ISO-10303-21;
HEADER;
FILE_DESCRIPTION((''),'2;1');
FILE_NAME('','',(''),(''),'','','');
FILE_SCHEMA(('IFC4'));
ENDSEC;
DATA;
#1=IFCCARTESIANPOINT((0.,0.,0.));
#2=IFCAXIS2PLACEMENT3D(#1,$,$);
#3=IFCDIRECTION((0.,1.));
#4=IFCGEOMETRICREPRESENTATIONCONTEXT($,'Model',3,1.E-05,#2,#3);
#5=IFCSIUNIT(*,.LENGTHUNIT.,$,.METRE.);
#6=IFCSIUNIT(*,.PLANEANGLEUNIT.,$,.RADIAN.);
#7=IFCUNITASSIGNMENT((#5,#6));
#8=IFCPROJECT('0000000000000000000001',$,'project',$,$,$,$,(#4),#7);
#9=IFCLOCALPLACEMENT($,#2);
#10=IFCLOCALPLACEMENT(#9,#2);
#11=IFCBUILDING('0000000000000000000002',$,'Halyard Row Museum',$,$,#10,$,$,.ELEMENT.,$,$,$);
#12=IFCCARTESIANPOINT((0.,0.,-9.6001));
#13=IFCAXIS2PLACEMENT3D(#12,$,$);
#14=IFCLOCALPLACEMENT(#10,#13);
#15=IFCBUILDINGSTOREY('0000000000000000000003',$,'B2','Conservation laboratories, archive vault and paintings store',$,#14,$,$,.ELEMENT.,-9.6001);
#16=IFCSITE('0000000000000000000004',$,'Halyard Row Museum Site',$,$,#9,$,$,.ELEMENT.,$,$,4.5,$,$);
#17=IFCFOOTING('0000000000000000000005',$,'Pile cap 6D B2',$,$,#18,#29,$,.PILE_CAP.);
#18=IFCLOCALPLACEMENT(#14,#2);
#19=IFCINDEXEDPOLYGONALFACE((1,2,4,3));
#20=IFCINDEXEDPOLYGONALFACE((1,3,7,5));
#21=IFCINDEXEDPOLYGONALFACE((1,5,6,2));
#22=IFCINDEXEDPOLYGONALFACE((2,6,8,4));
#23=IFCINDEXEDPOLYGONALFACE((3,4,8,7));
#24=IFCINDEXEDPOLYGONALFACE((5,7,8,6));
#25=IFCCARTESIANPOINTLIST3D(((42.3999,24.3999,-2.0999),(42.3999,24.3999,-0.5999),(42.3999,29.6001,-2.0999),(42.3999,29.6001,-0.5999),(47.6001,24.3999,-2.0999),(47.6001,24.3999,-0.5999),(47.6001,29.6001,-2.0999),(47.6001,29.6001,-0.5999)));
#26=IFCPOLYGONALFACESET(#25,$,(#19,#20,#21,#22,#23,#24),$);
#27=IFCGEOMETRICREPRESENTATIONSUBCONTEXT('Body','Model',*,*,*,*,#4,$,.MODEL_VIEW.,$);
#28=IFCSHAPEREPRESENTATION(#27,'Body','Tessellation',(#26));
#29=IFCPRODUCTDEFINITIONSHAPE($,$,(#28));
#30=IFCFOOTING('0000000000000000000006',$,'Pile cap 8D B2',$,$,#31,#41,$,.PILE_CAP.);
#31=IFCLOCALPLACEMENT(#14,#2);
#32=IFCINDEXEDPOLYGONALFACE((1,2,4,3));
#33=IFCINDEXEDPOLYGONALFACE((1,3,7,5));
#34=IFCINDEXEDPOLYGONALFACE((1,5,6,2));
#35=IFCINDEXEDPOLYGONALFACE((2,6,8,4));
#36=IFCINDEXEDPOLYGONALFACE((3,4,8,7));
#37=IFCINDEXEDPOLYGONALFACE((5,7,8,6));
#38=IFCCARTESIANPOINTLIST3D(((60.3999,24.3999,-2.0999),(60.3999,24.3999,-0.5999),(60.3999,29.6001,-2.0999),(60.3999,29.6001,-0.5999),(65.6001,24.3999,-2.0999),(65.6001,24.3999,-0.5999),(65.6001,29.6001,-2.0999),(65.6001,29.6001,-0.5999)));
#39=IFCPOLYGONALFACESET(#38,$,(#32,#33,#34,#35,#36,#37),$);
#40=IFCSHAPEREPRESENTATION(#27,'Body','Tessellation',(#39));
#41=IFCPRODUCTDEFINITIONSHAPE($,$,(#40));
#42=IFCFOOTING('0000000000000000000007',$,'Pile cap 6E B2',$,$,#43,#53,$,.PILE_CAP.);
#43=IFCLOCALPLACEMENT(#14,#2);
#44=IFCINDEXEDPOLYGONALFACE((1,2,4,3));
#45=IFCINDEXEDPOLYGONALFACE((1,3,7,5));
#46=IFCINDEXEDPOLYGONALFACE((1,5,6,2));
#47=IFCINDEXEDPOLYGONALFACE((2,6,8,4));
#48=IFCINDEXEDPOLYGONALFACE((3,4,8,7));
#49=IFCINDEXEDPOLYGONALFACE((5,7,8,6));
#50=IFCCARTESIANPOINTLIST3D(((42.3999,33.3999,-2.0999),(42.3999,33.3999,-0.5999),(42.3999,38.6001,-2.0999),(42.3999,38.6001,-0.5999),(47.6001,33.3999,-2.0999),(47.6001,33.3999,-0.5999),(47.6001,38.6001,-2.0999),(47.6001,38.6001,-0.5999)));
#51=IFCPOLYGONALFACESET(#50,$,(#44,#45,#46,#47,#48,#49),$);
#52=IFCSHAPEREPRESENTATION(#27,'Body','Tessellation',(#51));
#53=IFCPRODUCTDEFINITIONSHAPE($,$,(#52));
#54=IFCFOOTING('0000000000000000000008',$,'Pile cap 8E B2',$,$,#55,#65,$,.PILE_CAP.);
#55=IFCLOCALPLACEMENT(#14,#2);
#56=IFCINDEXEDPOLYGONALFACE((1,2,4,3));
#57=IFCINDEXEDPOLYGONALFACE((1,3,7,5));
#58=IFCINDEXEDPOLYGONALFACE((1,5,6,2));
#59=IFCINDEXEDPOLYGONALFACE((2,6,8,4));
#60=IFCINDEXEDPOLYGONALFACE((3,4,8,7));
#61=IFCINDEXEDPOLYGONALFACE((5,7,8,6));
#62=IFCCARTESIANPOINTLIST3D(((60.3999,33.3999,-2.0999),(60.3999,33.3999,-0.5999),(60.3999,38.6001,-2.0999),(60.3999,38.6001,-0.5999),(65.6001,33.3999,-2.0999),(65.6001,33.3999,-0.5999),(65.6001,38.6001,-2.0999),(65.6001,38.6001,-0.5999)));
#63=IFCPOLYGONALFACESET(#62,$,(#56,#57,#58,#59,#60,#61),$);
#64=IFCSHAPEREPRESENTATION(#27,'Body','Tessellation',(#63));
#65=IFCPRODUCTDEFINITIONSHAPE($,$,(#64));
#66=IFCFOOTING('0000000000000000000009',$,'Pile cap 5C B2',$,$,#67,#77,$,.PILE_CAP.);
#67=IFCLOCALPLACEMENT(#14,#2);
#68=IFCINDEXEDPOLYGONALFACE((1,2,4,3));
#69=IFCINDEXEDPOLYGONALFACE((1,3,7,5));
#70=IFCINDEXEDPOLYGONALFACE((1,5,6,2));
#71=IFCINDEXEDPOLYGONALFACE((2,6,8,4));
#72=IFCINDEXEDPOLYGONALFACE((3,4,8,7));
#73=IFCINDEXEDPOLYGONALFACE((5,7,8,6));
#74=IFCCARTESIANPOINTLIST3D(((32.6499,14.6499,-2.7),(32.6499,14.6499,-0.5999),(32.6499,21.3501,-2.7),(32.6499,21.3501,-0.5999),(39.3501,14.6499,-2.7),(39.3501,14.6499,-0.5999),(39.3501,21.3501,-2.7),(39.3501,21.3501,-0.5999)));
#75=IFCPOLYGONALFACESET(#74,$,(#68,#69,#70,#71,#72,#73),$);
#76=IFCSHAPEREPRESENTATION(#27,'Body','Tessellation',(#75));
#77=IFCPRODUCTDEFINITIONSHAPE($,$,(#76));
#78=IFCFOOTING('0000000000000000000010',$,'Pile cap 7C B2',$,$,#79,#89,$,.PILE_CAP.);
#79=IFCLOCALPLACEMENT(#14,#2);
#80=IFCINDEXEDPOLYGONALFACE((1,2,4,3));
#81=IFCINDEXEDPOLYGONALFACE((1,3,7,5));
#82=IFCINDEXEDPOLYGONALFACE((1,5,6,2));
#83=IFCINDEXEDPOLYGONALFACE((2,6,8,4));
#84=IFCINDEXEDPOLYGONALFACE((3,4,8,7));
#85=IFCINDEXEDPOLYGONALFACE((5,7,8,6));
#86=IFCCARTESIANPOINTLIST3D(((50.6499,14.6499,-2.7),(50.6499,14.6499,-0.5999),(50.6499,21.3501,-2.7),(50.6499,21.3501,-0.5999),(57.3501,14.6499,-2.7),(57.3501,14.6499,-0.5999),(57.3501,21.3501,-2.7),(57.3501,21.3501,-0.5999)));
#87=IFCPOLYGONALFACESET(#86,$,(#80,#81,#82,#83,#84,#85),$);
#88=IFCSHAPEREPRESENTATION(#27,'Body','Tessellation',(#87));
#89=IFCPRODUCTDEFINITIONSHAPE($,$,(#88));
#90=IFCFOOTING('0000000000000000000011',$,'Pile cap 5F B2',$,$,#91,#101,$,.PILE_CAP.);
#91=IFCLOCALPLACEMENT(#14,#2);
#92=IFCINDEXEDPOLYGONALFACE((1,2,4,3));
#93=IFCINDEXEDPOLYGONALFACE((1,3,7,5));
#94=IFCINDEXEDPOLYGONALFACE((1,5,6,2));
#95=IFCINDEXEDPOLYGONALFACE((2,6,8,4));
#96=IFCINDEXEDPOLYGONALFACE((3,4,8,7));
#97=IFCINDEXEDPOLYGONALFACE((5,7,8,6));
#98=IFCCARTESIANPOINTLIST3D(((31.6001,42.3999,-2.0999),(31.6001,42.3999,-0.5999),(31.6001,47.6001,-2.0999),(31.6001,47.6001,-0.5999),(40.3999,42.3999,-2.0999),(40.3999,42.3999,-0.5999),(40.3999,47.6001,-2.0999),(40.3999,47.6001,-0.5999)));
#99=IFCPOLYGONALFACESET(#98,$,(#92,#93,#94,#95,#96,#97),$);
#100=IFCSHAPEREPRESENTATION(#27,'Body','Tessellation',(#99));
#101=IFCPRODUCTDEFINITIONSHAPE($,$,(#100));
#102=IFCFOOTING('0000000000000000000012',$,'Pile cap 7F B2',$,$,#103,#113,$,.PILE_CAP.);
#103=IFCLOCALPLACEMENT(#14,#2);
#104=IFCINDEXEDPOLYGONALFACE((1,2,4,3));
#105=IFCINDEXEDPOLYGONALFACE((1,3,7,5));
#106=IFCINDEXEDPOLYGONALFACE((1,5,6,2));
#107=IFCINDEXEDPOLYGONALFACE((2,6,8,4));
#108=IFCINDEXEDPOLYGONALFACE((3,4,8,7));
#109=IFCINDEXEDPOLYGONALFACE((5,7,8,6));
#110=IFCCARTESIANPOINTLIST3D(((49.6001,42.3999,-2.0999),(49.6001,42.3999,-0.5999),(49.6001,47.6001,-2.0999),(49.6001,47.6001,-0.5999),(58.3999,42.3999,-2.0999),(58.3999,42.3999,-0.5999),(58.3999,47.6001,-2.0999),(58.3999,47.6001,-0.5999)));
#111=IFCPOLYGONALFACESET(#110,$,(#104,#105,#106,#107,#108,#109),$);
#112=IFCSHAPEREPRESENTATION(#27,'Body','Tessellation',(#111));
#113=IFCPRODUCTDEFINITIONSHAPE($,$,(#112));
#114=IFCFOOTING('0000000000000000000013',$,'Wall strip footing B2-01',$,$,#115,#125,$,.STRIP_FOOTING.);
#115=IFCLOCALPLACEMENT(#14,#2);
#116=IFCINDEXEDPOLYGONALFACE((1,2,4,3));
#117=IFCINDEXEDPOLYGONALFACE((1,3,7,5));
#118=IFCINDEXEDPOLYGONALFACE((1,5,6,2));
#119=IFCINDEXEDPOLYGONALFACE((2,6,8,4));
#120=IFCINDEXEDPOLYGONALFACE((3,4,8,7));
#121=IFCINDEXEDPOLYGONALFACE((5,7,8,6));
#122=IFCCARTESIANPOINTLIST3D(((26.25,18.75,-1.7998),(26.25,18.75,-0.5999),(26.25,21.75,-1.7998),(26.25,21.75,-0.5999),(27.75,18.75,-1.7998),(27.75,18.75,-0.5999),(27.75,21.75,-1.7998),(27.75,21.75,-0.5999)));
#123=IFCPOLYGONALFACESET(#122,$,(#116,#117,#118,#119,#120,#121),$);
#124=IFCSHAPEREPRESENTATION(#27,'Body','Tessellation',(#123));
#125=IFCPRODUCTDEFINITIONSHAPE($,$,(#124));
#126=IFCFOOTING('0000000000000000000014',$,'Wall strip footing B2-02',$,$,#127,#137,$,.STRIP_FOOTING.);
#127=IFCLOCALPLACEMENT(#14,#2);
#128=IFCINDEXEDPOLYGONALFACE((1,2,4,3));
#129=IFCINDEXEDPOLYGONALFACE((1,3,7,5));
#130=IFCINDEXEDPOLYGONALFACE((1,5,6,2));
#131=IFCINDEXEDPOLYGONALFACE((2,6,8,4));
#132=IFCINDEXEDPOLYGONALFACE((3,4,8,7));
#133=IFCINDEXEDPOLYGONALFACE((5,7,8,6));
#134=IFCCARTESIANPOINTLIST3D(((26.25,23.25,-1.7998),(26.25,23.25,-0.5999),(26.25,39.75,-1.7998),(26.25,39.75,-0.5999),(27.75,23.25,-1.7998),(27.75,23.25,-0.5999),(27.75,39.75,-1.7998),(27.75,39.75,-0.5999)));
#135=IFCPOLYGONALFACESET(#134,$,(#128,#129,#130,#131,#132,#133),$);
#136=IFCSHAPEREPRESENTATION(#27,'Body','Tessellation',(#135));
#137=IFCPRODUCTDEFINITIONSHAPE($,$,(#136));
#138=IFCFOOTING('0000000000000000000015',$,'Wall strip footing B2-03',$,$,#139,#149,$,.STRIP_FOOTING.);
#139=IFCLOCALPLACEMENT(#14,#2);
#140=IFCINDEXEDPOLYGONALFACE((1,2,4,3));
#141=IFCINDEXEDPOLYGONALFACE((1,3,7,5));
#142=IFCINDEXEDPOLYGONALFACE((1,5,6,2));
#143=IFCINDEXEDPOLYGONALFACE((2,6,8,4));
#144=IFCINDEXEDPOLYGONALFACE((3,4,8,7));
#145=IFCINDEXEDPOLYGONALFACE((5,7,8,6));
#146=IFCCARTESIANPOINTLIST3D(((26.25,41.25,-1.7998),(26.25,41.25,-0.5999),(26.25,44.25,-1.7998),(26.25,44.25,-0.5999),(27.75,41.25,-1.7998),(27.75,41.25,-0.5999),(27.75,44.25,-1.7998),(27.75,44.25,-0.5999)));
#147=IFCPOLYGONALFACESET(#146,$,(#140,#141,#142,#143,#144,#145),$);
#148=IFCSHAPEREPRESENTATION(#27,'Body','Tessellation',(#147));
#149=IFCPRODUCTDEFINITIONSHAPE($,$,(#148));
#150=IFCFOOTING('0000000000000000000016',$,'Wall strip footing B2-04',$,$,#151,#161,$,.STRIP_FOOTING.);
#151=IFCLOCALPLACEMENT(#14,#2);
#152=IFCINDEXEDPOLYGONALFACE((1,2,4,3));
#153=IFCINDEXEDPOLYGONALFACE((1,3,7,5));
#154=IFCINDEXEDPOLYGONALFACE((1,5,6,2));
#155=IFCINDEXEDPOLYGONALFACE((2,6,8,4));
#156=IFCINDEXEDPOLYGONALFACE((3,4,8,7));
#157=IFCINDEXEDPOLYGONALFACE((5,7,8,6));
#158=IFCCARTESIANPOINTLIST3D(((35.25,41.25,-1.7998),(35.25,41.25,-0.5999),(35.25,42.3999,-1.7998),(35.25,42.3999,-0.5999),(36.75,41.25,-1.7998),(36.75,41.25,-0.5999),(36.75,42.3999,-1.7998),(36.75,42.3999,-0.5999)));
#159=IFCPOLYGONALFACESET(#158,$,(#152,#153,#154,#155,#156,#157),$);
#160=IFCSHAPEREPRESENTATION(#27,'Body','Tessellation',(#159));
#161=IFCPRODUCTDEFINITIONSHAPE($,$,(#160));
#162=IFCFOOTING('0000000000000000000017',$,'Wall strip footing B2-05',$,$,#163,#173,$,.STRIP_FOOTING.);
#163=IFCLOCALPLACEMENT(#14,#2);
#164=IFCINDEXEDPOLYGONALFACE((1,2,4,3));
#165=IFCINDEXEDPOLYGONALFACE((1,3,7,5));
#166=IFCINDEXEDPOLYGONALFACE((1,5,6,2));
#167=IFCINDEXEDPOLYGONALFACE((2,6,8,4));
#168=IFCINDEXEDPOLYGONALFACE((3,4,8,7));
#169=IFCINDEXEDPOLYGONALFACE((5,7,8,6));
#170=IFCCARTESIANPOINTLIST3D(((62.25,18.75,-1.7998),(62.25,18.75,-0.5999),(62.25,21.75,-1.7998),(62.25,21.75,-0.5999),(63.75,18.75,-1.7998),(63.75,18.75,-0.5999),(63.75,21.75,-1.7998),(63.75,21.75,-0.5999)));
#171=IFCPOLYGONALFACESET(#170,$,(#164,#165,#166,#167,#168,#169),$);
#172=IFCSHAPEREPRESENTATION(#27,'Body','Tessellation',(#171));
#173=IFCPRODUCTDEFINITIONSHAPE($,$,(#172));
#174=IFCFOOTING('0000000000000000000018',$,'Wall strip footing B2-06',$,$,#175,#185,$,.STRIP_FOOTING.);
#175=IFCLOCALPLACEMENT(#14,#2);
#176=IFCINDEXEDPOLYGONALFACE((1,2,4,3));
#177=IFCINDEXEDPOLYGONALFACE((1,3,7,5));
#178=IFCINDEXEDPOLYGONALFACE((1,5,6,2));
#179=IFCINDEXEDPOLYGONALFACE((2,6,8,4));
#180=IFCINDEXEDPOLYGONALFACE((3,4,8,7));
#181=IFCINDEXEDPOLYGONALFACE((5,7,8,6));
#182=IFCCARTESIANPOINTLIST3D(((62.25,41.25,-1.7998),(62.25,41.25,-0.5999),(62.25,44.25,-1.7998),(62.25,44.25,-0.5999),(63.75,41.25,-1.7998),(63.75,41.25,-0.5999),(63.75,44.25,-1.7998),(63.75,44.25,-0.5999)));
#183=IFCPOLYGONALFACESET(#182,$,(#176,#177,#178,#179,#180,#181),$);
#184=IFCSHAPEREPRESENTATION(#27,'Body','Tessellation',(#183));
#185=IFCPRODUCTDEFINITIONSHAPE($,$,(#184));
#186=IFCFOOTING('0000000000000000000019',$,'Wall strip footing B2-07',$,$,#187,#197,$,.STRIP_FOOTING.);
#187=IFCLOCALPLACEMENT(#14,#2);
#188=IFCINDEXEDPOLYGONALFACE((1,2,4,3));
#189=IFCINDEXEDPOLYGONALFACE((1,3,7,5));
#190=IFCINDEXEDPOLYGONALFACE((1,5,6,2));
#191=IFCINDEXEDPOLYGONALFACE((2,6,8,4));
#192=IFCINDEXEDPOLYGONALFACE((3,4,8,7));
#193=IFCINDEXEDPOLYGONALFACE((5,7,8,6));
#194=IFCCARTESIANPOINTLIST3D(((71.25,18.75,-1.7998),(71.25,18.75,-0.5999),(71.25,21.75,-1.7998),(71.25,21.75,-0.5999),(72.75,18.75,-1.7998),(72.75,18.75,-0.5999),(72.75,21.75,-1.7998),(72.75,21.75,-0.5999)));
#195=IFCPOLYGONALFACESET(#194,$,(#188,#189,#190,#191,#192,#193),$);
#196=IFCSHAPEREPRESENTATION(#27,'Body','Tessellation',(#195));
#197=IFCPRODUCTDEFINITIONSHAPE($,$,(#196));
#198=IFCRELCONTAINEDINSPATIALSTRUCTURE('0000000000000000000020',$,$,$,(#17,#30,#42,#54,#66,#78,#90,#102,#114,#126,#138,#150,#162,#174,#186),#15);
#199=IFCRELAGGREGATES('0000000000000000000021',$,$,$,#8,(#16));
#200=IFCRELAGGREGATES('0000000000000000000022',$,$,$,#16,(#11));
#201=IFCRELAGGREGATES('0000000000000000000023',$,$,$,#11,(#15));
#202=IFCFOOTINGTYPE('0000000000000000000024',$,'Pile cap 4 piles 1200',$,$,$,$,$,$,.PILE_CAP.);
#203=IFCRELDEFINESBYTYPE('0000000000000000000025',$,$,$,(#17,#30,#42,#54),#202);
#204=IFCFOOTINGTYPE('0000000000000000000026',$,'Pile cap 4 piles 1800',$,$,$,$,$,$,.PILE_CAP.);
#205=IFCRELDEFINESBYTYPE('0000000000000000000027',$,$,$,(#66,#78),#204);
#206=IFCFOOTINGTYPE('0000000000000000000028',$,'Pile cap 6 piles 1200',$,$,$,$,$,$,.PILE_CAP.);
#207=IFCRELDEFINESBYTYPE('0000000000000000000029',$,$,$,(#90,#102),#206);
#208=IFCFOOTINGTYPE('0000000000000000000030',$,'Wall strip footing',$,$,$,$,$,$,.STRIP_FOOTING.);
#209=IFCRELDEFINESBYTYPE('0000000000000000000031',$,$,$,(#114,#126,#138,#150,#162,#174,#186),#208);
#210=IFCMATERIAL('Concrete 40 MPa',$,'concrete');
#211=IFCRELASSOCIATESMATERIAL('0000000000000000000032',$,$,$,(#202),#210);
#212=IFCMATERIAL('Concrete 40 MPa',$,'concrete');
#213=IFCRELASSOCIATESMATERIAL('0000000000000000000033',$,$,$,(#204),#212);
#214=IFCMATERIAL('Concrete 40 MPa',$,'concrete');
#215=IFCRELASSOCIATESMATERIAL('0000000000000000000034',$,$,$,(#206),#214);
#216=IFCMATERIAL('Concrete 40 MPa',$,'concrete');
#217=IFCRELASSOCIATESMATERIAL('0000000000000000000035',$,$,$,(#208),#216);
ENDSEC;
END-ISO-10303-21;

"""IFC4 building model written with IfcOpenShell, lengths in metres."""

from ifc_helpers import new_model, si_unit, direction, frame, origin, place, context, subcontext, project, spatial, polyline, outline, extrude, material, type_object, element, save


model = new_model("IFC4")

# Units and contexts
model_context = context("Model", 3, precision=1e-05, world=origin(), true_north=direction((0.0, 1.0)))
body_context = subcontext(model_context, "Body", "Model", "MODEL_VIEW")
ifc_project = project(units=[si_unit("LENGTHUNIT", "METRE"), si_unit("PLANEANGLEUNIT", "RADIAN")], contexts=[model_context])

# Site, building, storey
site_placement = place(None, origin())
site = spatial("IfcSite", under=ifc_project, at=site_placement, Name="Halyard Row Museum Site", CompositionType="ELEMENT", RefElevation=4.5)
building_placement = place(site_placement, origin())
building = spatial("IfcBuilding", under=site, at=building_placement, Name="Halyard Row Museum", CompositionType="ELEMENT")
storey_placement = place(building_placement, frame((0.0, 0.0, -9.6001)))
storey = spatial("IfcBuildingStorey", under=building, at=storey_placement, Name="B2", Description="Conservation laboratories, archive vault and paintings store", CompositionType="ELEMENT", Elevation=-9.6001)

# Footings
ifc_material_1 = material(Name="Concrete 40 MPa", Category="concrete")
footing_type_1 = type_object("IfcFootingType", Name="Pile cap 4 piles 1200", PredefinedType="PILE_CAP", material=ifc_material_1)
footing_1_placement = place(storey_placement, frame((0.0, 0.0, -2.0999)))
element("IfcFooting", 1, at=footing_1_placement, inside=storey, type_object=footing_type_1, Name="Pile cap 6D B2", PredefinedType="PILE_CAP", context=body_context, shape_type="SweptSolid", body=[
    extrude(outline(polyline([(42.3999, 24.3999), (47.6001, 24.3999), (47.6001, 29.6001), (42.3999, 29.6001), (42.3999, 24.3999)])), origin(), (0.0, 0.0, 1.0), 1.5),
])
footing_2_placement = place(storey_placement, frame((0.0, 0.0, -2.0999)))
element("IfcFooting", 2, at=footing_2_placement, inside=storey, type_object=footing_type_1, Name="Pile cap 8D B2", PredefinedType="PILE_CAP", context=body_context, shape_type="SweptSolid", body=[
    extrude(outline(polyline([(60.3999, 24.3999), (65.6001, 24.3999), (65.6001, 29.6001), (60.3999, 29.6001), (60.3999, 24.3999)])), origin(), (0.0, 0.0, 1.0), 1.5),
])
footing_3_placement = place(storey_placement, frame((0.0, 0.0, -2.0999)))
element("IfcFooting", 3, at=footing_3_placement, inside=storey, type_object=footing_type_1, Name="Pile cap 6E B2", PredefinedType="PILE_CAP", context=body_context, shape_type="SweptSolid", body=[
    extrude(outline(polyline([(42.3999, 33.3999), (47.6001, 33.3999), (47.6001, 38.6001), (42.3999, 38.6001), (42.3999, 33.3999)])), origin(), (0.0, 0.0, 1.0), 1.5),
])
footing_4_placement = place(storey_placement, frame((0.0, 0.0, -2.0999)))
element("IfcFooting", 4, at=footing_4_placement, inside=storey, type_object=footing_type_1, Name="Pile cap 8E B2", PredefinedType="PILE_CAP", context=body_context, shape_type="SweptSolid", body=[
    extrude(outline(polyline([(60.3999, 33.3999), (65.6001, 33.3999), (65.6001, 38.6001), (60.3999, 38.6001), (60.3999, 33.3999)])), origin(), (0.0, 0.0, 1.0), 1.5),
])
ifc_material_2 = material(Name="Concrete 40 MPa", Category="concrete")
footing_type_2 = type_object("IfcFootingType", Name="Pile cap 4 piles 1800", PredefinedType="PILE_CAP", material=ifc_material_2)
footing_5_placement = place(storey_placement, frame((0.0, 0.0, -2.7)))
element("IfcFooting", 5, at=footing_5_placement, inside=storey, type_object=footing_type_2, Name="Pile cap 5C B2", PredefinedType="PILE_CAP", context=body_context, shape_type="SweptSolid", body=[
    extrude(outline(polyline([(32.6499, 14.6499), (39.3501, 14.6499), (39.3501, 21.3501), (32.6499, 21.3501), (32.6499, 14.6499)])), origin(), (0.0, 0.0, 1.0), 2.1001),
])
footing_6_placement = place(storey_placement, frame((0.0, 0.0, -2.7)))
element("IfcFooting", 6, at=footing_6_placement, inside=storey, type_object=footing_type_2, Name="Pile cap 7C B2", PredefinedType="PILE_CAP", context=body_context, shape_type="SweptSolid", body=[
    extrude(outline(polyline([(50.6499, 14.6499), (57.3501, 14.6499), (57.3501, 21.3501), (50.6499, 21.3501), (50.6499, 14.6499)])), origin(), (0.0, 0.0, 1.0), 2.1001),
])
ifc_material_3 = material(Name="Concrete 40 MPa", Category="concrete")
footing_type_3 = type_object("IfcFootingType", Name="Pile cap 6 piles 1200", PredefinedType="PILE_CAP", material=ifc_material_3)
footing_7_placement = place(storey_placement, frame((0.0, 0.0, -2.0999)))
element("IfcFooting", 7, at=footing_7_placement, inside=storey, type_object=footing_type_3, Name="Pile cap 5F B2", PredefinedType="PILE_CAP", context=body_context, shape_type="SweptSolid", body=[
    extrude(outline(polyline([(31.6001, 42.3999), (40.3999, 42.3999), (40.3999, 47.6001), (31.6001, 47.6001), (31.6001, 42.3999)])), origin(), (0.0, 0.0, 1.0), 1.5),
])
footing_8_placement = place(storey_placement, frame((0.0, 0.0, -2.0999)))
element("IfcFooting", 8, at=footing_8_placement, inside=storey, type_object=footing_type_3, Name="Pile cap 7F B2", PredefinedType="PILE_CAP", context=body_context, shape_type="SweptSolid", body=[
    extrude(outline(polyline([(49.6001, 42.3999), (58.3999, 42.3999), (58.3999, 47.6001), (49.6001, 47.6001), (49.6001, 42.3999)])), origin(), (0.0, 0.0, 1.0), 1.5),
])
ifc_material_4 = material(Name="Concrete 40 MPa", Category="concrete")
footing_type_4 = type_object("IfcFootingType", Name="Wall strip footing", PredefinedType="STRIP_FOOTING", material=ifc_material_4)
footing_9_placement = place(storey_placement, frame((0.0, 0.0, -1.7998)))
element("IfcFooting", 9, at=footing_9_placement, inside=storey, type_object=footing_type_4, Name="Wall strip footing B2-01", PredefinedType="STRIP_FOOTING", context=body_context, shape_type="SweptSolid", body=[
    extrude(outline(polyline([(26.25, 18.75), (27.75, 18.75), (27.75, 21.75), (26.25, 21.75), (26.25, 18.75)])), origin(), (0.0, 0.0, 1.0), 1.2),
])
footing_10_placement = place(storey_placement, frame((0.0, 0.0, -1.7998)))
element("IfcFooting", 10, at=footing_10_placement, inside=storey, type_object=footing_type_4, Name="Wall strip footing B2-02", PredefinedType="STRIP_FOOTING", context=body_context, shape_type="SweptSolid", body=[
    extrude(outline(polyline([(26.25, 23.25), (27.75, 23.25), (27.75, 39.75), (26.25, 39.75), (26.25, 23.25)])), origin(), (0.0, 0.0, 1.0), 1.2),
])
footing_11_placement = place(storey_placement, frame((0.0, 0.0, -1.7998)))
element("IfcFooting", 11, at=footing_11_placement, inside=storey, type_object=footing_type_4, Name="Wall strip footing B2-03", PredefinedType="STRIP_FOOTING", context=body_context, shape_type="SweptSolid", body=[
    extrude(outline(polyline([(26.25, 41.25), (27.75, 41.25), (27.75, 44.25), (26.25, 44.25), (26.25, 41.25)])), origin(), (0.0, 0.0, 1.0), 1.2),
])
footing_12_placement = place(storey_placement, frame((0.0, 0.0, -1.7998)))
element("IfcFooting", 12, at=footing_12_placement, inside=storey, type_object=footing_type_4, Name="Wall strip footing B2-04", PredefinedType="STRIP_FOOTING", context=body_context, shape_type="SweptSolid", body=[
    extrude(outline(polyline([(36.75, 41.25), (36.75, 42.3999), (35.25, 42.3999), (35.25, 41.25), (36.75, 41.25)])), origin(), (0.0, 0.0, 1.0), 1.2),
])
footing_13_placement = place(storey_placement, frame((0.0, 0.0, -1.7998)))
element("IfcFooting", 13, at=footing_13_placement, inside=storey, type_object=footing_type_4, Name="Wall strip footing B2-05", PredefinedType="STRIP_FOOTING", context=body_context, shape_type="SweptSolid", body=[
    extrude(outline(polyline([(62.25, 18.75), (63.75, 18.75), (63.75, 21.75), (62.25, 21.75), (62.25, 18.75)])), origin(), (0.0, 0.0, 1.0), 1.2),
])
footing_14_placement = place(storey_placement, frame((0.0, 0.0, -1.7998)))
element("IfcFooting", 14, at=footing_14_placement, inside=storey, type_object=footing_type_4, Name="Wall strip footing B2-06", PredefinedType="STRIP_FOOTING", context=body_context, shape_type="SweptSolid", body=[
    extrude(outline(polyline([(62.25, 41.25), (63.75, 41.25), (63.75, 44.25), (62.25, 44.25), (62.25, 41.25)])), origin(), (0.0, 0.0, 1.0), 1.2),
])
footing_15_placement = place(storey_placement, frame((0.0, 0.0, -1.7998)))
element("IfcFooting", 15, at=footing_15_placement, inside=storey, type_object=footing_type_4, Name="Wall strip footing B2-07", PredefinedType="STRIP_FOOTING", context=body_context, shape_type="SweptSolid", body=[
    extrude(outline(polyline([(71.25, 18.75), (72.75, 18.75), (72.75, 21.75), (71.25, 21.75), (71.25, 18.75)])), origin(), (0.0, 0.0, 1.0), 1.2),
])

save(model, "model.ifc")
